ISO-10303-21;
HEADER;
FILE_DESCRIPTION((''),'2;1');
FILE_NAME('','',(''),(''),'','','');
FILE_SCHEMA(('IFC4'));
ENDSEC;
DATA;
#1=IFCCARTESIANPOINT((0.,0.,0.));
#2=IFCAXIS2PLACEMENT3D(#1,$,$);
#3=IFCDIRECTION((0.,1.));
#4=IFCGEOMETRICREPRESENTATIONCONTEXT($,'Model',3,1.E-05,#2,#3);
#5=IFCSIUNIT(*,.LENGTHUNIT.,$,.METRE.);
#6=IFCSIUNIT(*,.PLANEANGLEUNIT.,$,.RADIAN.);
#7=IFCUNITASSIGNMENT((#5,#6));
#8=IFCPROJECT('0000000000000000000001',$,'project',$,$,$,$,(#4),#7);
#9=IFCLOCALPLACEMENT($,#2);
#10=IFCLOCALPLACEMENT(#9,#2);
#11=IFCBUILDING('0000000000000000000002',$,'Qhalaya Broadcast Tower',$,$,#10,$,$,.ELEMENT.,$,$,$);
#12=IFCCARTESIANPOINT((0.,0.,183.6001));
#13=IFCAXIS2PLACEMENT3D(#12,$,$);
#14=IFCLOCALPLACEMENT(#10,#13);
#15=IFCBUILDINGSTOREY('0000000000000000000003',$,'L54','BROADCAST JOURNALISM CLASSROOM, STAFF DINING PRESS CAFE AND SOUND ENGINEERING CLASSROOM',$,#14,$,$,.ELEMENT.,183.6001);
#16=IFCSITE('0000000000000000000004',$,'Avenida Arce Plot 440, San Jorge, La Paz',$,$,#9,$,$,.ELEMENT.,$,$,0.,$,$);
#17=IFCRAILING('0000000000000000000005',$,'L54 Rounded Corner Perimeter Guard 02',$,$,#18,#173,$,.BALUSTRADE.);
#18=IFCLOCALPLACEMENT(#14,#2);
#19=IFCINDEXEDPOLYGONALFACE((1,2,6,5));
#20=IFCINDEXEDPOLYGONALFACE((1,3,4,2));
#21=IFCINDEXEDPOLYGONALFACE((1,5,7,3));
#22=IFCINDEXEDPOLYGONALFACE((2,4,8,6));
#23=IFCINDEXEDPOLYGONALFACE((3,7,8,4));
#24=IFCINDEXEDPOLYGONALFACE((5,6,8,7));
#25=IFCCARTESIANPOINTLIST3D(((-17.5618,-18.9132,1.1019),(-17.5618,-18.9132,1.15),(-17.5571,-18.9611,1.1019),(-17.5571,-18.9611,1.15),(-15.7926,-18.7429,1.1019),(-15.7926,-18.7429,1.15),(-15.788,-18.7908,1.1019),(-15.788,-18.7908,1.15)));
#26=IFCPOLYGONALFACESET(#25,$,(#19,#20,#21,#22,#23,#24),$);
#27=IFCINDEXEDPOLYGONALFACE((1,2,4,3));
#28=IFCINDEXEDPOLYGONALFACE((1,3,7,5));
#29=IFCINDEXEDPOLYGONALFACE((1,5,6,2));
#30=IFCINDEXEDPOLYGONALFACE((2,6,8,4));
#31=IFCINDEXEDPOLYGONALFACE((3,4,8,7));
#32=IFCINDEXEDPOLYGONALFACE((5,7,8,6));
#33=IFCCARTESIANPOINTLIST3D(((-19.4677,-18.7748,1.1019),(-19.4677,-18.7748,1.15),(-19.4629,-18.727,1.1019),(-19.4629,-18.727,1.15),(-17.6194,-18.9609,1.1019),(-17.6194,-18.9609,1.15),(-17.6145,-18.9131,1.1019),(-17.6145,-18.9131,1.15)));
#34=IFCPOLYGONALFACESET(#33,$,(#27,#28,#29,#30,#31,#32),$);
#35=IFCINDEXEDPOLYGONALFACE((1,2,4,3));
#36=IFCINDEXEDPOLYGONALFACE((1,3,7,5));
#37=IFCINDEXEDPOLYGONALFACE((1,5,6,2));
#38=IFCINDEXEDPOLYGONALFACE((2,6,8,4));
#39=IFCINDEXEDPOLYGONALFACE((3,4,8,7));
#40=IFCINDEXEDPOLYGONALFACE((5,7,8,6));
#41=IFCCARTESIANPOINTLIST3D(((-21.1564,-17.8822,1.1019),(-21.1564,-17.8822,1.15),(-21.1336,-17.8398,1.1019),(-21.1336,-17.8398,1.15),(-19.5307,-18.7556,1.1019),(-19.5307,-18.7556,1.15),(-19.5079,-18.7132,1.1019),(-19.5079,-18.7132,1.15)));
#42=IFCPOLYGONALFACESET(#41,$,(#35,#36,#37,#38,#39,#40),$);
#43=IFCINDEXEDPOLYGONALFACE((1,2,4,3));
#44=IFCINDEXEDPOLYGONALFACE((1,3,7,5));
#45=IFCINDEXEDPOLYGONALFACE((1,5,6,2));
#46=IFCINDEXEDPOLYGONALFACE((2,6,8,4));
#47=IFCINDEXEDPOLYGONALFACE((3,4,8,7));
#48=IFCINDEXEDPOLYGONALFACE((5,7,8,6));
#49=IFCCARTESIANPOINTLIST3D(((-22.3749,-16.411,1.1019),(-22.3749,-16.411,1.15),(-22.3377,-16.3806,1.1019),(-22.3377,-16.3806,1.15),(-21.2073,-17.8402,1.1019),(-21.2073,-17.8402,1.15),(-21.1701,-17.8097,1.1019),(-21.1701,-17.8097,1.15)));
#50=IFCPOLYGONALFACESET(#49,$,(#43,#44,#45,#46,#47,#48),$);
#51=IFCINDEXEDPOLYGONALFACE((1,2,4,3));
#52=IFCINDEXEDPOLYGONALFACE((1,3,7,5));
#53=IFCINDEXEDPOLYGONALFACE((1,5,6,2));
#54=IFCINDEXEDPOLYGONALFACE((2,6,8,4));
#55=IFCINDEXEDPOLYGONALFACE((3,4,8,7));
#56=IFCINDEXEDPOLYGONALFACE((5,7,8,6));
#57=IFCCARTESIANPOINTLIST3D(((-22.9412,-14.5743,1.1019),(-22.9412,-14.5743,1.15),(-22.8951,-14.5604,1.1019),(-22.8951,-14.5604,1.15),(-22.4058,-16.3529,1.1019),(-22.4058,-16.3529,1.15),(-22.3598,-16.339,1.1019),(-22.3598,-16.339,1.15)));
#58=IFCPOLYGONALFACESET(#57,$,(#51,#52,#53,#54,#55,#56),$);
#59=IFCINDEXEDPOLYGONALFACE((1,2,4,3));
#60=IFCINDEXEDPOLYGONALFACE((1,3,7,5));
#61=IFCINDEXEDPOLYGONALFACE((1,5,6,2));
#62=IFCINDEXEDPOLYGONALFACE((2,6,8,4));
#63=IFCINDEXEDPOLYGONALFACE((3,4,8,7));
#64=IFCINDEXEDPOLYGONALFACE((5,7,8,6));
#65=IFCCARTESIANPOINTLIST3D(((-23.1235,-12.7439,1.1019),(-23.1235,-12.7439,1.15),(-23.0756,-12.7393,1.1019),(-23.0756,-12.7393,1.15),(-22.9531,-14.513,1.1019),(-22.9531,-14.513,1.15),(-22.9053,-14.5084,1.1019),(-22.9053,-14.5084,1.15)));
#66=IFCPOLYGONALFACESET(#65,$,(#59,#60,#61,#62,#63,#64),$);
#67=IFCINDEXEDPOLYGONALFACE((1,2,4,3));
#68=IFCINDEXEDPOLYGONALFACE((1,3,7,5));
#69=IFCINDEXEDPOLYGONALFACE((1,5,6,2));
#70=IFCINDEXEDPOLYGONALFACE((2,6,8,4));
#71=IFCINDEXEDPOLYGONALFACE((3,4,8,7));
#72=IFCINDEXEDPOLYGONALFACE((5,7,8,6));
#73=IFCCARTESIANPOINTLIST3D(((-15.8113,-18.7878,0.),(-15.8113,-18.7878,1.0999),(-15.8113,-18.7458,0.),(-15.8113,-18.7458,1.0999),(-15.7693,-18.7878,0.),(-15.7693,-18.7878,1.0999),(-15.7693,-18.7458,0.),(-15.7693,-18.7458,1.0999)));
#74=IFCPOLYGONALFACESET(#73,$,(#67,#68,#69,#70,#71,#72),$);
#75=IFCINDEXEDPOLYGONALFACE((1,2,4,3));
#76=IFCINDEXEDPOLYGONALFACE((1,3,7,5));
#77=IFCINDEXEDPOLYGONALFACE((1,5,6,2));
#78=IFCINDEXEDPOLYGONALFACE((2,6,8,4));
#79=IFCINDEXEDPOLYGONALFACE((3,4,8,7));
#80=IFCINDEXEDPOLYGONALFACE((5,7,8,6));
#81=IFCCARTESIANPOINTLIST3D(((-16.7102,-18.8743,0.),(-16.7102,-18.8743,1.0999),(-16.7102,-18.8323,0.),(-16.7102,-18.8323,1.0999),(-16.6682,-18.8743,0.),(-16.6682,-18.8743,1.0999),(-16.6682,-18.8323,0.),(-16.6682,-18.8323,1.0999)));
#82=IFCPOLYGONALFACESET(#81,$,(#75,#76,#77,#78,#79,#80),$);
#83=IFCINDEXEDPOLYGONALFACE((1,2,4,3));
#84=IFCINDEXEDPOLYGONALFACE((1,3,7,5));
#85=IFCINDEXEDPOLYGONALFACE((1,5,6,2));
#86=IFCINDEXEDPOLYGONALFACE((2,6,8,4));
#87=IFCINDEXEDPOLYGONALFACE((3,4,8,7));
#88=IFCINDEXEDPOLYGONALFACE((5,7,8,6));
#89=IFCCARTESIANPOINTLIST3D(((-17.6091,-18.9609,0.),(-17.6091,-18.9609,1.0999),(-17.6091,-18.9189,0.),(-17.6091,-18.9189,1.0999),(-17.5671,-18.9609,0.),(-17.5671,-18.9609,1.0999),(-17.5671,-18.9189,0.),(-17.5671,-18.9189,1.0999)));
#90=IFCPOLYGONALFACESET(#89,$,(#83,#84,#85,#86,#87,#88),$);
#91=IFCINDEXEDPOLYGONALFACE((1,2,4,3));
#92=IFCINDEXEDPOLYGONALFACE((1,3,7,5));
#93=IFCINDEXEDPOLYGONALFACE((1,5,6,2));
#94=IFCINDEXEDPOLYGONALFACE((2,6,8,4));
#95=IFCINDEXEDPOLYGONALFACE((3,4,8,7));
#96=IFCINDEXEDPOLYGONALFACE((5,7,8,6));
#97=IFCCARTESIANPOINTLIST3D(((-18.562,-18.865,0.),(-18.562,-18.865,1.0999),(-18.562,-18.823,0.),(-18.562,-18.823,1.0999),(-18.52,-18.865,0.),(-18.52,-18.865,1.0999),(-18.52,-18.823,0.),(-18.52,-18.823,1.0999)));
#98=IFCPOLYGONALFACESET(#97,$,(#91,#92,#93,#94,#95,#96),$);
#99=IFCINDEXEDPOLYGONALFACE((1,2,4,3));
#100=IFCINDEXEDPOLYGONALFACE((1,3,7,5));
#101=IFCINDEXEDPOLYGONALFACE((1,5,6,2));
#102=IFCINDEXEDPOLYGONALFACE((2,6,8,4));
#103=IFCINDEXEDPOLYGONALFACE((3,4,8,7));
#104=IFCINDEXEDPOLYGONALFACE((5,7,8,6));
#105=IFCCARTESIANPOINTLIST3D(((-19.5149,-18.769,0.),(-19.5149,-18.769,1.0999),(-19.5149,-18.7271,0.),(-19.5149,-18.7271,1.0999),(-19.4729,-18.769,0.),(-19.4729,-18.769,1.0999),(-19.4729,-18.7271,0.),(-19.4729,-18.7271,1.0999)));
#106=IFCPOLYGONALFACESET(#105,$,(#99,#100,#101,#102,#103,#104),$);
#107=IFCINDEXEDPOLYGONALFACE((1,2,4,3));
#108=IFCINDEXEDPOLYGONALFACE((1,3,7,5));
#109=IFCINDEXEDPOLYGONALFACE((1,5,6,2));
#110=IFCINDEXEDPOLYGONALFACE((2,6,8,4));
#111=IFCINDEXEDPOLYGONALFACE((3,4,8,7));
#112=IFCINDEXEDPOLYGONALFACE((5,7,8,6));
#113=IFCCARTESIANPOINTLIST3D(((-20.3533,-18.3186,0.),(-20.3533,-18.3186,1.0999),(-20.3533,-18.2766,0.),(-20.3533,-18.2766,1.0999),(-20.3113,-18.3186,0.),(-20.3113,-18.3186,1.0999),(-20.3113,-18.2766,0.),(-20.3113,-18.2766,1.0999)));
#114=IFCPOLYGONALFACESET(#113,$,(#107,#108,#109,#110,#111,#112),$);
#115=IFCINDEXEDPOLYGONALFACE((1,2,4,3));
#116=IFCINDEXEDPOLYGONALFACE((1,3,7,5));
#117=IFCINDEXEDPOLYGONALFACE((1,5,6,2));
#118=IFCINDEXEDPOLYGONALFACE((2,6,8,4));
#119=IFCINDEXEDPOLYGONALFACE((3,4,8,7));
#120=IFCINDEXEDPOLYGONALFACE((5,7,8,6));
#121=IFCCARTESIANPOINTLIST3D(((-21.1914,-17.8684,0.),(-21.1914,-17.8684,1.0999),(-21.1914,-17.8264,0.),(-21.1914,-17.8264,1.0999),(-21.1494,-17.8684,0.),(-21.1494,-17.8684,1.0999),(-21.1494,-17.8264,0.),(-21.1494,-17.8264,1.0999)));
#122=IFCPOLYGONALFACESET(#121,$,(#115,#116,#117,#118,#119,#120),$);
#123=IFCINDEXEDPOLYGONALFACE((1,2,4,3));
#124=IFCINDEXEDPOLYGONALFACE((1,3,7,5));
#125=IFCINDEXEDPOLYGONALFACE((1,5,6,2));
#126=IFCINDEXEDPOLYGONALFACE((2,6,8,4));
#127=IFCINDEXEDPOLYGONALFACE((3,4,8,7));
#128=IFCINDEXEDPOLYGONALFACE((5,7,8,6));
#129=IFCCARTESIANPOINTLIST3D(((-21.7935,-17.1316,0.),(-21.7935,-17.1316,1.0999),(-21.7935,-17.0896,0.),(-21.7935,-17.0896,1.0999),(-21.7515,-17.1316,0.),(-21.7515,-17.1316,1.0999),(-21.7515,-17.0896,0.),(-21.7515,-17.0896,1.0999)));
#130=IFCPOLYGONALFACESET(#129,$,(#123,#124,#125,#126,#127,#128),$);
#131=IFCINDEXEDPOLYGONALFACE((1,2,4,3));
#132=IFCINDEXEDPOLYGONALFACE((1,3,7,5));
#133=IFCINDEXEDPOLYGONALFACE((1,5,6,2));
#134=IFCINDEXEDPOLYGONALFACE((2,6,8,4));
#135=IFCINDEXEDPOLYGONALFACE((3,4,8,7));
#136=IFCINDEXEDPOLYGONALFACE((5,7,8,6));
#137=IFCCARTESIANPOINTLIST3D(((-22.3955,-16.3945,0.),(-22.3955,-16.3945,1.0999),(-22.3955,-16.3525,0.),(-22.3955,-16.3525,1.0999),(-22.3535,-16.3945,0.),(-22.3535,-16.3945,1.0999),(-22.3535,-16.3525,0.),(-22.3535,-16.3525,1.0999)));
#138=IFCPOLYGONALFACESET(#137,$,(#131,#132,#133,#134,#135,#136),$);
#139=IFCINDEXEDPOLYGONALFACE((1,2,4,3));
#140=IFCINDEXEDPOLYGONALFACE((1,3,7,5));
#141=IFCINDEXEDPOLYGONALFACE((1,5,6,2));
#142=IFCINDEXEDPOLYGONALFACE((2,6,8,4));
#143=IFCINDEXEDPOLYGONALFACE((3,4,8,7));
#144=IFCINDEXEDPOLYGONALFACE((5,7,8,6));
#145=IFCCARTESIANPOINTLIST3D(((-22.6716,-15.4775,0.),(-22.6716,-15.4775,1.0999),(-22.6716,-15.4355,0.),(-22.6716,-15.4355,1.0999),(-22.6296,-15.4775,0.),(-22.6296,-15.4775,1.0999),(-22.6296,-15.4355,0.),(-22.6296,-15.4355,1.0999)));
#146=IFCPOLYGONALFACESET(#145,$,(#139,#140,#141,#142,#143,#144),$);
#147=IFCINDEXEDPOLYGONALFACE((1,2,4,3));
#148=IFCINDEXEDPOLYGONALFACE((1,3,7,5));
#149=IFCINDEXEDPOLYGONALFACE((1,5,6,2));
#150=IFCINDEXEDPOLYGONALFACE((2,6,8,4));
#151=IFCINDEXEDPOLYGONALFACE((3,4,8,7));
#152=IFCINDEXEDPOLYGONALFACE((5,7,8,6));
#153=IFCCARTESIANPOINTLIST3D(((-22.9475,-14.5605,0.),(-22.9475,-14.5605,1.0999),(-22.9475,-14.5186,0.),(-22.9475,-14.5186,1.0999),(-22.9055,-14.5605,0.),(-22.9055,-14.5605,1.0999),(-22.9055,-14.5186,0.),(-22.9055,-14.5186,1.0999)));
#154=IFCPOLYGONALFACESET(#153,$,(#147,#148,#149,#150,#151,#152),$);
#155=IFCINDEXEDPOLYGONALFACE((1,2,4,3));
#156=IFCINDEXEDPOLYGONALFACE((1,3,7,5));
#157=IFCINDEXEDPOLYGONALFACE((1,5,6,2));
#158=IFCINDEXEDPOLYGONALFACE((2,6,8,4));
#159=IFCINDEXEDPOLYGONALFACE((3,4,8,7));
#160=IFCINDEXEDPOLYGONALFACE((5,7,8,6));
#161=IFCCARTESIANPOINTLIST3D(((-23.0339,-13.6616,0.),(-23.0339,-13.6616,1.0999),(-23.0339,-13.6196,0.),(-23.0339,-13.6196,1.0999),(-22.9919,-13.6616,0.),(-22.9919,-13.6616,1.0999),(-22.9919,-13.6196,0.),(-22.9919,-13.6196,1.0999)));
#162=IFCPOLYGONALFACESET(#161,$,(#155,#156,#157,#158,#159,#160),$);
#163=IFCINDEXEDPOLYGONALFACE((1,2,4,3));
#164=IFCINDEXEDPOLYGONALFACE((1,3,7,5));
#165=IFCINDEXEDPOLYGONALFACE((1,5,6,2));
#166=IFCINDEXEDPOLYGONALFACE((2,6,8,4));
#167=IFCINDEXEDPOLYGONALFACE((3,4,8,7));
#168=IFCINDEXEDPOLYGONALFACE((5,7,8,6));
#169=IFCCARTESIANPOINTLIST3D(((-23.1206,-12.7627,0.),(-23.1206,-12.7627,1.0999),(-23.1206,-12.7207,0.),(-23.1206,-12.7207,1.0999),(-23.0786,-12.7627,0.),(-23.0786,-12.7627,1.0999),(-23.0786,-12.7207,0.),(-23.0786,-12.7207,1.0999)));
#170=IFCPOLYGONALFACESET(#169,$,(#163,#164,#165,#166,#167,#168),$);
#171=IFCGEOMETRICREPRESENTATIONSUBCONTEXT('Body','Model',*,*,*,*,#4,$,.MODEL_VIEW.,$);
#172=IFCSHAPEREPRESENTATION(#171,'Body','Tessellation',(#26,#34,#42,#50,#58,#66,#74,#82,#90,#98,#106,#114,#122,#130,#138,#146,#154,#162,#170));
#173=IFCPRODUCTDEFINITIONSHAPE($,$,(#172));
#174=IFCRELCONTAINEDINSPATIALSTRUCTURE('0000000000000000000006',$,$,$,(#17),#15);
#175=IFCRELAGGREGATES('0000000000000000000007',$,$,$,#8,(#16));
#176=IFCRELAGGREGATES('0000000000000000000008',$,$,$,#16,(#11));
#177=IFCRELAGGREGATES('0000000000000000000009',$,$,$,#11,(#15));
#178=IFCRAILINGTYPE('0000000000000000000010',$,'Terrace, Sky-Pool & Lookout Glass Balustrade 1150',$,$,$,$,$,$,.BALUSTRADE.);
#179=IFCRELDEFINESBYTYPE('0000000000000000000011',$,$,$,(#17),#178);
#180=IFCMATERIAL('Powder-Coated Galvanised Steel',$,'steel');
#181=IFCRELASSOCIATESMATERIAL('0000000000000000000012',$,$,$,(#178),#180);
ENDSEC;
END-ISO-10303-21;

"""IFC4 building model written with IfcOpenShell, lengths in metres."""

from ifc_helpers import new_model, si_unit, direction, frame, origin, origin_2d, place, context, subcontext, project, spatial, rectangle, extrude, material, type_object, element, save


model = new_model("IFC4")

# Units and contexts
model_context = context("Model", 3, precision=1e-05, world=origin(), true_north=direction((0.0, 1.0)))
body_context = subcontext(model_context, "Body", "Model", "MODEL_VIEW")
ifc_project = project(units=[si_unit("LENGTHUNIT", "METRE"), si_unit("PLANEANGLEUNIT", "RADIAN")], contexts=[model_context])

# Site, building, storey
site_placement = place(None, origin())
site = spatial("IfcSite", under=ifc_project, at=site_placement, Name="Avenida Arce Plot 440, San Jorge, La Paz", CompositionType="ELEMENT", RefElevation=0.0)
building_placement = place(site_placement, origin())
building = spatial("IfcBuilding", under=site, at=building_placement, Name="Qhalaya Broadcast Tower", CompositionType="ELEMENT")
storey_placement = place(building_placement, frame((0.0, 0.0, 183.6001)))
storey = spatial("IfcBuildingStorey", under=building, at=storey_placement, Name="L54", Description="BROADCAST JOURNALISM CLASSROOM, STAFF DINING PRESS CAFE AND SOUND ENGINEERING CLASSROOM", CompositionType="ELEMENT", Elevation=183.6001)

# Railing
ifc_material_1 = material(Name="Powder-Coated Galvanised Steel", Category="steel")
railing_type = type_object("IfcRailingType", Name="Terrace, Sky-Pool & Lookout Glass Balustrade 1150", PredefinedType="BALUSTRADE", material=ifc_material_1)
railing_placement = place(storey_placement, frame((-15.7903, -18.7668, 0.0)))
element("IfcRailing", 1, at=railing_placement, inside=storey, type_object=railing_type, Name="L54 Rounded Corner Perimeter Guard 02", PredefinedType="BALUSTRADE", context=body_context, shape_type="SweptSolid", body=[
    extrude(rectangle(XDim=0.0481, YDim=0.0481, at=origin_2d()), frame((0.0, 0.0, 1.126), z_axis=(-0.995397, -0.095836, 0.0), x_axis=(0.095836, -0.995397, 0.0)), (0.0, 0.0, 1.0), 1.7773),
    extrude(rectangle(XDim=0.0481, YDim=0.0481, at=origin_2d()), frame((-1.8267, -0.1702, 1.126), z_axis=(-0.994969, 0.100185, 0.0), x_axis=(-0.100185, -0.994969, 0.0)), (0.0, 0.0, 1.0), 1.8577),
    extrude(rectangle(XDim=0.0481, YDim=0.0481, at=origin_2d()), frame((-3.729, 0.0325, 1.126), z_axis=(-0.880932, 0.473243, 0.0), x_axis=(-0.473243, -0.880932, 0.0)), (0.0, 0.0, 1.0), 1.8455),
    extrude(rectangle(XDim=0.0481, YDim=0.0481, at=origin_2d()), frame((-5.3984, 0.9419, 1.126), z_axis=(-0.632672, 0.77442, 0.0), x_axis=(-0.77442, -0.632672, 0.0)), (0.0, 0.0, 1.0), 1.8455),
    extrude(rectangle(XDim=0.0481, YDim=0.0481, at=origin_2d()), frame((-6.5925, 2.4209, 1.126), z_axis=(-0.288213, 0.957566, 0.0), x_axis=(-0.957566, -0.288213, 0.0)), (0.0, 0.0, 1.0), 1.8574),
    extrude(rectangle(XDim=0.0481, YDim=0.0481, at=origin_2d()), frame((-7.1389, 4.2561, 1.126), z_axis=(-0.095836, 0.995397, 0.0), x_axis=(-0.995397, -0.095836, 0.0)), (0.0, 0.0, 1.0), 1.7773),
    extrude(rectangle(XDim=0.042, YDim=0.042, at=origin_2d()), origin(), (0.0, 0.0, 1.0), 1.0999),
    extrude(rectangle(XDim=0.042, YDim=0.042, at=origin_2d()), frame((-0.8989, -0.0864, 0.0)), (0.0, 0.0, 1.0), 1.0999),
    extrude(rectangle(XDim=0.042, YDim=0.042, at=origin_2d()), frame((-1.7979, -0.1731, 0.0)), (0.0, 0.0, 1.0), 1.0999),
    extrude(rectangle(XDim=0.042, YDim=0.042, at=origin_2d()), frame((-2.7507, -0.0771, 0.0)), (0.0, 0.0, 1.0), 1.0999),
    extrude(rectangle(XDim=0.042, YDim=0.042, at=origin_2d()), frame((-3.7036, 0.0188, 0.0)), (0.0, 0.0, 1.0), 1.0999),
    extrude(rectangle(XDim=0.042, YDim=0.042, at=origin_2d()), frame((-4.542, 0.4692, 0.0)), (0.0, 0.0, 1.0), 1.0999),
    extrude(rectangle(XDim=0.042, YDim=0.042, at=origin_2d()), frame((-5.3801, 0.9194, 0.0)), (0.0, 0.0, 1.0), 1.0999),
    extrude(rectangle(XDim=0.042, YDim=0.042, at=origin_2d()), frame((-5.9822, 1.6562, 0.0)), (0.0, 0.0, 1.0), 1.0999),
    extrude(rectangle(XDim=0.042, YDim=0.042, at=origin_2d()), frame((-6.5842, 2.3933, 0.0)), (0.0, 0.0, 1.0), 1.0999),
    extrude(rectangle(XDim=0.042, YDim=0.042, at=origin_2d()), frame((-6.8604, 3.3103, 0.0)), (0.0, 0.0, 1.0), 1.0999),
    extrude(rectangle(XDim=0.042, YDim=0.042, at=origin_2d()), frame((-7.1362, 4.2273, 0.0)), (0.0, 0.0, 1.0), 1.0999),
    extrude(rectangle(XDim=0.042, YDim=0.042, at=origin_2d()), frame((-7.2227, 5.1262, 0.0)), (0.0, 0.0, 1.0), 1.0999),
    extrude(rectangle(XDim=0.042, YDim=0.042, at=origin_2d()), frame((-7.3093, 6.0251, 0.0)), (0.0, 0.0, 1.0), 1.0999),
])

save(model, "model.ifc")
